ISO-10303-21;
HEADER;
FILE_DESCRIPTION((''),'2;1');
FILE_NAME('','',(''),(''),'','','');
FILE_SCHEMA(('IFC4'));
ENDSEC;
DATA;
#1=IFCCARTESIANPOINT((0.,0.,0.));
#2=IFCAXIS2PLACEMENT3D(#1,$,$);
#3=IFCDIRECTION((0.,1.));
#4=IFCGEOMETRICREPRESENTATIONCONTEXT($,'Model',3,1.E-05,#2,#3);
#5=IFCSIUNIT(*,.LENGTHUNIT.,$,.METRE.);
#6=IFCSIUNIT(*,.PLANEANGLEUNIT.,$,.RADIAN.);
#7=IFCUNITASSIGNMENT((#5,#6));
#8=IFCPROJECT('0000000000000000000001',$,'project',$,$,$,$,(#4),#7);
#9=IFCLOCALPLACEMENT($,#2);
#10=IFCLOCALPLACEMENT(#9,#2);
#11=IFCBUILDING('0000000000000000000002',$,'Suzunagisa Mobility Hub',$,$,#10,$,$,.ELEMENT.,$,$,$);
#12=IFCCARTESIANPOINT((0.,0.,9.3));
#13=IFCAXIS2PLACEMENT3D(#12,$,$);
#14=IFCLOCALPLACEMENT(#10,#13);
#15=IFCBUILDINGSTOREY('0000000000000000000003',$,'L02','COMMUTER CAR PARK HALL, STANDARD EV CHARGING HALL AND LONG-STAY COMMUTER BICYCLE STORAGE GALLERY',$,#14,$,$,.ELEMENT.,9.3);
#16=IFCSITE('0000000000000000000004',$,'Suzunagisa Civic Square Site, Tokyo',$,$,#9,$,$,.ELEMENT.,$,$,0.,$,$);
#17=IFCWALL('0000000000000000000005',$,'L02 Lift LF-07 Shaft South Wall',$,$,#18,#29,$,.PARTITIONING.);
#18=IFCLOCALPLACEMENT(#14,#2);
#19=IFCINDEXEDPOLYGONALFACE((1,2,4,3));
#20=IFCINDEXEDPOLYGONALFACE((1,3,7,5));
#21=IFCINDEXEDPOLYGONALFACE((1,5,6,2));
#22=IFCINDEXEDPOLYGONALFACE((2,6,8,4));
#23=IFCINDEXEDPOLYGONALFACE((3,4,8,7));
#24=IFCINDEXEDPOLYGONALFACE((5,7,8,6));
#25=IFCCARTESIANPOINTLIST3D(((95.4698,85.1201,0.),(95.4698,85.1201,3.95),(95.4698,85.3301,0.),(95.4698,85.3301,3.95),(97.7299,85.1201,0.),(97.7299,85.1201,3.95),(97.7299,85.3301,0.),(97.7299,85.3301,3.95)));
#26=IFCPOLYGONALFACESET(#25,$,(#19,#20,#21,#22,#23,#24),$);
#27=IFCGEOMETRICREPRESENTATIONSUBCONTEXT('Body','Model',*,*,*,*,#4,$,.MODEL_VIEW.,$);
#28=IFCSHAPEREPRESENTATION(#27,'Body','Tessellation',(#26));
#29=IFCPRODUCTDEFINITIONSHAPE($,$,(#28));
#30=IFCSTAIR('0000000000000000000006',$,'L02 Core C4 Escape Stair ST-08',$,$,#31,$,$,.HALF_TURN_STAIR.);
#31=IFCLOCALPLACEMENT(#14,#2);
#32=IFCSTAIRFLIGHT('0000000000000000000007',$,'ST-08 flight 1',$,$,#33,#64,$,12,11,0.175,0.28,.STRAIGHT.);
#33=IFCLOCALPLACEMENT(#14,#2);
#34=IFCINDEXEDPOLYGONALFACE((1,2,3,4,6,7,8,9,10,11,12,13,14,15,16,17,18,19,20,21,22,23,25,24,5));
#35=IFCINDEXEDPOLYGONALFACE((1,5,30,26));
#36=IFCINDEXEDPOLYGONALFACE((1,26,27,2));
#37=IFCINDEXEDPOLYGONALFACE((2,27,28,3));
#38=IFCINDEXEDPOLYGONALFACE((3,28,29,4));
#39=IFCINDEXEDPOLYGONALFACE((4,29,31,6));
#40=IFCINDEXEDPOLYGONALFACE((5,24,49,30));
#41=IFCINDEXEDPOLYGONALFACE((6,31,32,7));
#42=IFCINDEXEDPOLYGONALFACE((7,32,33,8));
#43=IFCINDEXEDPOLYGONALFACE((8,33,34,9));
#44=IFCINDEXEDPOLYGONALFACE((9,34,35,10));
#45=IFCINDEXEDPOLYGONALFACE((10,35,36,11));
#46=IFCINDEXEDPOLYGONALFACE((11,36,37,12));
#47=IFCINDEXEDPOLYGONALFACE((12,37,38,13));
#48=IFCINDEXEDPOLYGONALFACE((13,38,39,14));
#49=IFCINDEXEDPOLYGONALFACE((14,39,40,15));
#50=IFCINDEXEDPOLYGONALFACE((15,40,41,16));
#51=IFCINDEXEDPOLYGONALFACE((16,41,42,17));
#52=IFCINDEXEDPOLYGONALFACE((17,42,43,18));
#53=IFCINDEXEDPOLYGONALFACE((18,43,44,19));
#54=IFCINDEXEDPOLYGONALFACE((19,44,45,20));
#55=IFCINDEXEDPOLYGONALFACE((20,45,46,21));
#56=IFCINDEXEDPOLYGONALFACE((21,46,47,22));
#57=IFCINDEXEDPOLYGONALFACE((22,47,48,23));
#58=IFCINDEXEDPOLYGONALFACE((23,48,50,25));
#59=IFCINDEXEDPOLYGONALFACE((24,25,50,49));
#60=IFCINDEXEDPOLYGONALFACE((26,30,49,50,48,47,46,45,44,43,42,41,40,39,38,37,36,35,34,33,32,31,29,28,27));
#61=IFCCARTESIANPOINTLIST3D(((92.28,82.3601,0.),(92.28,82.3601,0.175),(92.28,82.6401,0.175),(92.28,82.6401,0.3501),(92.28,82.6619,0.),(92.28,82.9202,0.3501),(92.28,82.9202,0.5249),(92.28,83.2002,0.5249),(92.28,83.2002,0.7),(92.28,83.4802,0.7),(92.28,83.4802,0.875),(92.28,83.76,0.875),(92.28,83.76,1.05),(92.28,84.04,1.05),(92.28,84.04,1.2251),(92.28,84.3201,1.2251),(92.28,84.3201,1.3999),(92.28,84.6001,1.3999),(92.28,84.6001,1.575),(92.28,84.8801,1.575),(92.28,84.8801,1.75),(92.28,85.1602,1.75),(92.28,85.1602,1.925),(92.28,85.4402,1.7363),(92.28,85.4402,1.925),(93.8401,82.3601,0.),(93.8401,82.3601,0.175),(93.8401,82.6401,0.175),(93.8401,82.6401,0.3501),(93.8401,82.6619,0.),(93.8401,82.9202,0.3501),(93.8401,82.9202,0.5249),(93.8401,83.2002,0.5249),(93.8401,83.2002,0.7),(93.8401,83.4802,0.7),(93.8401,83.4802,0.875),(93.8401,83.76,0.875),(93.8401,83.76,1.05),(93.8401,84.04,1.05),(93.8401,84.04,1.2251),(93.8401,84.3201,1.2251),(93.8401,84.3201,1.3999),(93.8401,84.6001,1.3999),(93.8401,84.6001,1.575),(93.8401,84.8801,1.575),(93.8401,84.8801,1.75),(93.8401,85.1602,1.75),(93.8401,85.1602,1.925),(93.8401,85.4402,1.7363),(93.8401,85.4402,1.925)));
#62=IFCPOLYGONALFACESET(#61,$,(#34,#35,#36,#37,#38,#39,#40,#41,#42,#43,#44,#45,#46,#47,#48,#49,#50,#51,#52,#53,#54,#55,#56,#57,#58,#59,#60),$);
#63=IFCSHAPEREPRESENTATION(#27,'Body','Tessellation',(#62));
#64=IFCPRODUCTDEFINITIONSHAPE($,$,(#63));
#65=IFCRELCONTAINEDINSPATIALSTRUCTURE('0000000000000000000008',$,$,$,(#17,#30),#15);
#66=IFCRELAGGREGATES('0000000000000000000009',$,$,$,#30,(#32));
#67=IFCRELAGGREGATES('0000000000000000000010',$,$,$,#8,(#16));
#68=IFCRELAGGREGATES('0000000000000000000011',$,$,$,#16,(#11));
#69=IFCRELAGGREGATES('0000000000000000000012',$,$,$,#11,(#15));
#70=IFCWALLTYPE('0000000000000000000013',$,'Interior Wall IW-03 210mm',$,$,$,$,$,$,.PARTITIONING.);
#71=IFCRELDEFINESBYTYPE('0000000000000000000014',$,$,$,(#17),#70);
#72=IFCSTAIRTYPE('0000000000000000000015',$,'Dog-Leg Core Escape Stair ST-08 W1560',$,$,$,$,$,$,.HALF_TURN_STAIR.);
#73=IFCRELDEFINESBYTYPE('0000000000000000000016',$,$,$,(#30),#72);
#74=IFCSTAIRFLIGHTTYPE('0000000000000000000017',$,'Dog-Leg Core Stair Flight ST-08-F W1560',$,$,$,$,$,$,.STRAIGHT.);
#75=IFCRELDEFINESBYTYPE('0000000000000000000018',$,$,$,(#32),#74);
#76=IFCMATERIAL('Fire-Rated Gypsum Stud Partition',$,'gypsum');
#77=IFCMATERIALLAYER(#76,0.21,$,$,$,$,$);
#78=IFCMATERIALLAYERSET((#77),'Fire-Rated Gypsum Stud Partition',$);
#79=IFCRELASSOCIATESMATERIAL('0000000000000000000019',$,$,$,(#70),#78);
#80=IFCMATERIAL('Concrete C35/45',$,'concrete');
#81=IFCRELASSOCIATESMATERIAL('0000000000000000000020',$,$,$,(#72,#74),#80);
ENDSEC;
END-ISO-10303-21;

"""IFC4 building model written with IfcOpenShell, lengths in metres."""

from ifc_helpers import new_model, si_unit, direction, frame, frame_2d, origin, place, context, subcontext, project, spatial, polyline, rectangle, outline, extrude, material, layer, layer_set, type_object, element, aggregate, save


model = new_model("IFC4")

# Units and contexts
model_context = context("Model", 3, precision=1e-05, world=origin(), true_north=direction((0.0, 1.0)))
body_context = subcontext(model_context, "Body", "Model", "MODEL_VIEW")
ifc_project = project(units=[si_unit("LENGTHUNIT", "METRE"), si_unit("PLANEANGLEUNIT", "RADIAN")], contexts=[model_context])

# Site, building, storey
site_placement = place(None, origin())
site = spatial("IfcSite", under=ifc_project, at=site_placement, Name="Suzunagisa Civic Square Site, Tokyo", CompositionType="ELEMENT", RefElevation=0.0)
building_placement = place(site_placement, origin())
building = spatial("IfcBuilding", under=site, at=building_placement, Name="Suzunagisa Mobility Hub", CompositionType="ELEMENT")
storey_placement = place(building_placement, frame((0.0, 0.0, 9.3)))
storey = spatial("IfcBuildingStorey", under=building, at=storey_placement, Name="L02", Description="COMMUTER CAR PARK HALL, STANDARD EV CHARGING HALL AND LONG-STAY COMMUTER BICYCLE STORAGE GALLERY", CompositionType="ELEMENT", Elevation=9.3)

# Shared definitions
ifc_material_1 = material(Name="Concrete C35/45", Category="concrete")

# Wall
ifc_material_2 = material(Name="Fire-Rated Gypsum Stud Partition", Category="gypsum")
ifc_layer_1 = layer(ifc_material_2, 0.21)
ifc_layer_set_1 = layer_set([ifc_layer_1], Name="Fire-Rated Gypsum Stud Partition")
wall_type_1 = type_object("IfcWallType", Name="Interior Wall IW-03 210mm", PredefinedType="PARTITIONING", material=ifc_layer_set_1)
wall_1_placement = place(storey_placement, frame((95.47, 85.2251, 0.0), z_axis=(0.0, 0.0, 1.0), x_axis=(1.0, 0.0, 0.0)))
element("IfcWall", 1, at=wall_1_placement, inside=storey, type_object=wall_type_1, Name="L02 Lift LF-07 Shaft South Wall", PredefinedType="PARTITIONING", context=body_context, shape_type="SweptSolid", body=[
    extrude(rectangle(XDim=2.26, YDim=0.21, at=frame_2d((1.1299, 0.0))), origin(), (0.0, 0.0, 1.0), 3.95),
])

# Stair, stair flight
stair_type = type_object("IfcStairType", Name="Dog-Leg Core Escape Stair ST-08 W1560", PredefinedType="HALF_TURN_STAIR", material=ifc_material_1)
stair_placement = place(storey_placement, origin())
stair = element("IfcStair", 2, at=stair_placement, inside=storey, type_object=stair_type, Name="L02 Core C4 Escape Stair ST-08", PredefinedType="HALF_TURN_STAIR")
stair_flight_type = type_object("IfcStairFlightType", Name="Dog-Leg Core Stair Flight ST-08-F W1560", PredefinedType="STRAIGHT", material=ifc_material_1)
stair_flight_placement = place(storey_placement, frame((93.0601, 82.3601, 0.0), z_axis=(0.0, 0.0, 1.0), x_axis=(0.0, 1.0, 0.0)))
stair_flight = element("IfcStairFlight", 3, at=stair_flight_placement, type_object=stair_flight_type, Name="ST-08 flight 1", NumberOfRisers=12, NumberOfTreads=11, PredefinedType="STRAIGHT", RiserHeight=0.175, TreadLength=0.28, context=body_context, shape_type="SweptSolid", body=[
    extrude(outline(polyline([(0.0, 0.0), (0.0, 0.175), (0.28, 0.175), (0.28, 0.3501), (0.5601, 0.3501), (0.5601, 0.5249), (0.8401, 0.5249), (0.8401, 0.7), (1.1201, 0.7), (1.1201, 0.875), (1.3999, 0.875), (1.3999, 1.05), (1.6799, 1.05), (1.6799, 1.2251), (1.96, 1.2251), (1.96, 1.3999), (2.24, 1.3999), (2.24, 1.575), (2.52, 1.575), (2.52, 1.75), (2.8, 1.75), (2.8, 1.925), (3.0801, 1.925), (3.0801, 2.1001), (3.0801, 1.7363), (0.3018, 0.0), (0.0, 0.0)])), frame((0.0, 0.78, 0.0), z_axis=(0.0, -1.0, 0.0), x_axis=(1.0, 0.0, 0.0)), (0.0, 0.0, 1.0), 1.5601),
])
aggregate(stair, [stair_flight])

save(model, "model.ifc")
